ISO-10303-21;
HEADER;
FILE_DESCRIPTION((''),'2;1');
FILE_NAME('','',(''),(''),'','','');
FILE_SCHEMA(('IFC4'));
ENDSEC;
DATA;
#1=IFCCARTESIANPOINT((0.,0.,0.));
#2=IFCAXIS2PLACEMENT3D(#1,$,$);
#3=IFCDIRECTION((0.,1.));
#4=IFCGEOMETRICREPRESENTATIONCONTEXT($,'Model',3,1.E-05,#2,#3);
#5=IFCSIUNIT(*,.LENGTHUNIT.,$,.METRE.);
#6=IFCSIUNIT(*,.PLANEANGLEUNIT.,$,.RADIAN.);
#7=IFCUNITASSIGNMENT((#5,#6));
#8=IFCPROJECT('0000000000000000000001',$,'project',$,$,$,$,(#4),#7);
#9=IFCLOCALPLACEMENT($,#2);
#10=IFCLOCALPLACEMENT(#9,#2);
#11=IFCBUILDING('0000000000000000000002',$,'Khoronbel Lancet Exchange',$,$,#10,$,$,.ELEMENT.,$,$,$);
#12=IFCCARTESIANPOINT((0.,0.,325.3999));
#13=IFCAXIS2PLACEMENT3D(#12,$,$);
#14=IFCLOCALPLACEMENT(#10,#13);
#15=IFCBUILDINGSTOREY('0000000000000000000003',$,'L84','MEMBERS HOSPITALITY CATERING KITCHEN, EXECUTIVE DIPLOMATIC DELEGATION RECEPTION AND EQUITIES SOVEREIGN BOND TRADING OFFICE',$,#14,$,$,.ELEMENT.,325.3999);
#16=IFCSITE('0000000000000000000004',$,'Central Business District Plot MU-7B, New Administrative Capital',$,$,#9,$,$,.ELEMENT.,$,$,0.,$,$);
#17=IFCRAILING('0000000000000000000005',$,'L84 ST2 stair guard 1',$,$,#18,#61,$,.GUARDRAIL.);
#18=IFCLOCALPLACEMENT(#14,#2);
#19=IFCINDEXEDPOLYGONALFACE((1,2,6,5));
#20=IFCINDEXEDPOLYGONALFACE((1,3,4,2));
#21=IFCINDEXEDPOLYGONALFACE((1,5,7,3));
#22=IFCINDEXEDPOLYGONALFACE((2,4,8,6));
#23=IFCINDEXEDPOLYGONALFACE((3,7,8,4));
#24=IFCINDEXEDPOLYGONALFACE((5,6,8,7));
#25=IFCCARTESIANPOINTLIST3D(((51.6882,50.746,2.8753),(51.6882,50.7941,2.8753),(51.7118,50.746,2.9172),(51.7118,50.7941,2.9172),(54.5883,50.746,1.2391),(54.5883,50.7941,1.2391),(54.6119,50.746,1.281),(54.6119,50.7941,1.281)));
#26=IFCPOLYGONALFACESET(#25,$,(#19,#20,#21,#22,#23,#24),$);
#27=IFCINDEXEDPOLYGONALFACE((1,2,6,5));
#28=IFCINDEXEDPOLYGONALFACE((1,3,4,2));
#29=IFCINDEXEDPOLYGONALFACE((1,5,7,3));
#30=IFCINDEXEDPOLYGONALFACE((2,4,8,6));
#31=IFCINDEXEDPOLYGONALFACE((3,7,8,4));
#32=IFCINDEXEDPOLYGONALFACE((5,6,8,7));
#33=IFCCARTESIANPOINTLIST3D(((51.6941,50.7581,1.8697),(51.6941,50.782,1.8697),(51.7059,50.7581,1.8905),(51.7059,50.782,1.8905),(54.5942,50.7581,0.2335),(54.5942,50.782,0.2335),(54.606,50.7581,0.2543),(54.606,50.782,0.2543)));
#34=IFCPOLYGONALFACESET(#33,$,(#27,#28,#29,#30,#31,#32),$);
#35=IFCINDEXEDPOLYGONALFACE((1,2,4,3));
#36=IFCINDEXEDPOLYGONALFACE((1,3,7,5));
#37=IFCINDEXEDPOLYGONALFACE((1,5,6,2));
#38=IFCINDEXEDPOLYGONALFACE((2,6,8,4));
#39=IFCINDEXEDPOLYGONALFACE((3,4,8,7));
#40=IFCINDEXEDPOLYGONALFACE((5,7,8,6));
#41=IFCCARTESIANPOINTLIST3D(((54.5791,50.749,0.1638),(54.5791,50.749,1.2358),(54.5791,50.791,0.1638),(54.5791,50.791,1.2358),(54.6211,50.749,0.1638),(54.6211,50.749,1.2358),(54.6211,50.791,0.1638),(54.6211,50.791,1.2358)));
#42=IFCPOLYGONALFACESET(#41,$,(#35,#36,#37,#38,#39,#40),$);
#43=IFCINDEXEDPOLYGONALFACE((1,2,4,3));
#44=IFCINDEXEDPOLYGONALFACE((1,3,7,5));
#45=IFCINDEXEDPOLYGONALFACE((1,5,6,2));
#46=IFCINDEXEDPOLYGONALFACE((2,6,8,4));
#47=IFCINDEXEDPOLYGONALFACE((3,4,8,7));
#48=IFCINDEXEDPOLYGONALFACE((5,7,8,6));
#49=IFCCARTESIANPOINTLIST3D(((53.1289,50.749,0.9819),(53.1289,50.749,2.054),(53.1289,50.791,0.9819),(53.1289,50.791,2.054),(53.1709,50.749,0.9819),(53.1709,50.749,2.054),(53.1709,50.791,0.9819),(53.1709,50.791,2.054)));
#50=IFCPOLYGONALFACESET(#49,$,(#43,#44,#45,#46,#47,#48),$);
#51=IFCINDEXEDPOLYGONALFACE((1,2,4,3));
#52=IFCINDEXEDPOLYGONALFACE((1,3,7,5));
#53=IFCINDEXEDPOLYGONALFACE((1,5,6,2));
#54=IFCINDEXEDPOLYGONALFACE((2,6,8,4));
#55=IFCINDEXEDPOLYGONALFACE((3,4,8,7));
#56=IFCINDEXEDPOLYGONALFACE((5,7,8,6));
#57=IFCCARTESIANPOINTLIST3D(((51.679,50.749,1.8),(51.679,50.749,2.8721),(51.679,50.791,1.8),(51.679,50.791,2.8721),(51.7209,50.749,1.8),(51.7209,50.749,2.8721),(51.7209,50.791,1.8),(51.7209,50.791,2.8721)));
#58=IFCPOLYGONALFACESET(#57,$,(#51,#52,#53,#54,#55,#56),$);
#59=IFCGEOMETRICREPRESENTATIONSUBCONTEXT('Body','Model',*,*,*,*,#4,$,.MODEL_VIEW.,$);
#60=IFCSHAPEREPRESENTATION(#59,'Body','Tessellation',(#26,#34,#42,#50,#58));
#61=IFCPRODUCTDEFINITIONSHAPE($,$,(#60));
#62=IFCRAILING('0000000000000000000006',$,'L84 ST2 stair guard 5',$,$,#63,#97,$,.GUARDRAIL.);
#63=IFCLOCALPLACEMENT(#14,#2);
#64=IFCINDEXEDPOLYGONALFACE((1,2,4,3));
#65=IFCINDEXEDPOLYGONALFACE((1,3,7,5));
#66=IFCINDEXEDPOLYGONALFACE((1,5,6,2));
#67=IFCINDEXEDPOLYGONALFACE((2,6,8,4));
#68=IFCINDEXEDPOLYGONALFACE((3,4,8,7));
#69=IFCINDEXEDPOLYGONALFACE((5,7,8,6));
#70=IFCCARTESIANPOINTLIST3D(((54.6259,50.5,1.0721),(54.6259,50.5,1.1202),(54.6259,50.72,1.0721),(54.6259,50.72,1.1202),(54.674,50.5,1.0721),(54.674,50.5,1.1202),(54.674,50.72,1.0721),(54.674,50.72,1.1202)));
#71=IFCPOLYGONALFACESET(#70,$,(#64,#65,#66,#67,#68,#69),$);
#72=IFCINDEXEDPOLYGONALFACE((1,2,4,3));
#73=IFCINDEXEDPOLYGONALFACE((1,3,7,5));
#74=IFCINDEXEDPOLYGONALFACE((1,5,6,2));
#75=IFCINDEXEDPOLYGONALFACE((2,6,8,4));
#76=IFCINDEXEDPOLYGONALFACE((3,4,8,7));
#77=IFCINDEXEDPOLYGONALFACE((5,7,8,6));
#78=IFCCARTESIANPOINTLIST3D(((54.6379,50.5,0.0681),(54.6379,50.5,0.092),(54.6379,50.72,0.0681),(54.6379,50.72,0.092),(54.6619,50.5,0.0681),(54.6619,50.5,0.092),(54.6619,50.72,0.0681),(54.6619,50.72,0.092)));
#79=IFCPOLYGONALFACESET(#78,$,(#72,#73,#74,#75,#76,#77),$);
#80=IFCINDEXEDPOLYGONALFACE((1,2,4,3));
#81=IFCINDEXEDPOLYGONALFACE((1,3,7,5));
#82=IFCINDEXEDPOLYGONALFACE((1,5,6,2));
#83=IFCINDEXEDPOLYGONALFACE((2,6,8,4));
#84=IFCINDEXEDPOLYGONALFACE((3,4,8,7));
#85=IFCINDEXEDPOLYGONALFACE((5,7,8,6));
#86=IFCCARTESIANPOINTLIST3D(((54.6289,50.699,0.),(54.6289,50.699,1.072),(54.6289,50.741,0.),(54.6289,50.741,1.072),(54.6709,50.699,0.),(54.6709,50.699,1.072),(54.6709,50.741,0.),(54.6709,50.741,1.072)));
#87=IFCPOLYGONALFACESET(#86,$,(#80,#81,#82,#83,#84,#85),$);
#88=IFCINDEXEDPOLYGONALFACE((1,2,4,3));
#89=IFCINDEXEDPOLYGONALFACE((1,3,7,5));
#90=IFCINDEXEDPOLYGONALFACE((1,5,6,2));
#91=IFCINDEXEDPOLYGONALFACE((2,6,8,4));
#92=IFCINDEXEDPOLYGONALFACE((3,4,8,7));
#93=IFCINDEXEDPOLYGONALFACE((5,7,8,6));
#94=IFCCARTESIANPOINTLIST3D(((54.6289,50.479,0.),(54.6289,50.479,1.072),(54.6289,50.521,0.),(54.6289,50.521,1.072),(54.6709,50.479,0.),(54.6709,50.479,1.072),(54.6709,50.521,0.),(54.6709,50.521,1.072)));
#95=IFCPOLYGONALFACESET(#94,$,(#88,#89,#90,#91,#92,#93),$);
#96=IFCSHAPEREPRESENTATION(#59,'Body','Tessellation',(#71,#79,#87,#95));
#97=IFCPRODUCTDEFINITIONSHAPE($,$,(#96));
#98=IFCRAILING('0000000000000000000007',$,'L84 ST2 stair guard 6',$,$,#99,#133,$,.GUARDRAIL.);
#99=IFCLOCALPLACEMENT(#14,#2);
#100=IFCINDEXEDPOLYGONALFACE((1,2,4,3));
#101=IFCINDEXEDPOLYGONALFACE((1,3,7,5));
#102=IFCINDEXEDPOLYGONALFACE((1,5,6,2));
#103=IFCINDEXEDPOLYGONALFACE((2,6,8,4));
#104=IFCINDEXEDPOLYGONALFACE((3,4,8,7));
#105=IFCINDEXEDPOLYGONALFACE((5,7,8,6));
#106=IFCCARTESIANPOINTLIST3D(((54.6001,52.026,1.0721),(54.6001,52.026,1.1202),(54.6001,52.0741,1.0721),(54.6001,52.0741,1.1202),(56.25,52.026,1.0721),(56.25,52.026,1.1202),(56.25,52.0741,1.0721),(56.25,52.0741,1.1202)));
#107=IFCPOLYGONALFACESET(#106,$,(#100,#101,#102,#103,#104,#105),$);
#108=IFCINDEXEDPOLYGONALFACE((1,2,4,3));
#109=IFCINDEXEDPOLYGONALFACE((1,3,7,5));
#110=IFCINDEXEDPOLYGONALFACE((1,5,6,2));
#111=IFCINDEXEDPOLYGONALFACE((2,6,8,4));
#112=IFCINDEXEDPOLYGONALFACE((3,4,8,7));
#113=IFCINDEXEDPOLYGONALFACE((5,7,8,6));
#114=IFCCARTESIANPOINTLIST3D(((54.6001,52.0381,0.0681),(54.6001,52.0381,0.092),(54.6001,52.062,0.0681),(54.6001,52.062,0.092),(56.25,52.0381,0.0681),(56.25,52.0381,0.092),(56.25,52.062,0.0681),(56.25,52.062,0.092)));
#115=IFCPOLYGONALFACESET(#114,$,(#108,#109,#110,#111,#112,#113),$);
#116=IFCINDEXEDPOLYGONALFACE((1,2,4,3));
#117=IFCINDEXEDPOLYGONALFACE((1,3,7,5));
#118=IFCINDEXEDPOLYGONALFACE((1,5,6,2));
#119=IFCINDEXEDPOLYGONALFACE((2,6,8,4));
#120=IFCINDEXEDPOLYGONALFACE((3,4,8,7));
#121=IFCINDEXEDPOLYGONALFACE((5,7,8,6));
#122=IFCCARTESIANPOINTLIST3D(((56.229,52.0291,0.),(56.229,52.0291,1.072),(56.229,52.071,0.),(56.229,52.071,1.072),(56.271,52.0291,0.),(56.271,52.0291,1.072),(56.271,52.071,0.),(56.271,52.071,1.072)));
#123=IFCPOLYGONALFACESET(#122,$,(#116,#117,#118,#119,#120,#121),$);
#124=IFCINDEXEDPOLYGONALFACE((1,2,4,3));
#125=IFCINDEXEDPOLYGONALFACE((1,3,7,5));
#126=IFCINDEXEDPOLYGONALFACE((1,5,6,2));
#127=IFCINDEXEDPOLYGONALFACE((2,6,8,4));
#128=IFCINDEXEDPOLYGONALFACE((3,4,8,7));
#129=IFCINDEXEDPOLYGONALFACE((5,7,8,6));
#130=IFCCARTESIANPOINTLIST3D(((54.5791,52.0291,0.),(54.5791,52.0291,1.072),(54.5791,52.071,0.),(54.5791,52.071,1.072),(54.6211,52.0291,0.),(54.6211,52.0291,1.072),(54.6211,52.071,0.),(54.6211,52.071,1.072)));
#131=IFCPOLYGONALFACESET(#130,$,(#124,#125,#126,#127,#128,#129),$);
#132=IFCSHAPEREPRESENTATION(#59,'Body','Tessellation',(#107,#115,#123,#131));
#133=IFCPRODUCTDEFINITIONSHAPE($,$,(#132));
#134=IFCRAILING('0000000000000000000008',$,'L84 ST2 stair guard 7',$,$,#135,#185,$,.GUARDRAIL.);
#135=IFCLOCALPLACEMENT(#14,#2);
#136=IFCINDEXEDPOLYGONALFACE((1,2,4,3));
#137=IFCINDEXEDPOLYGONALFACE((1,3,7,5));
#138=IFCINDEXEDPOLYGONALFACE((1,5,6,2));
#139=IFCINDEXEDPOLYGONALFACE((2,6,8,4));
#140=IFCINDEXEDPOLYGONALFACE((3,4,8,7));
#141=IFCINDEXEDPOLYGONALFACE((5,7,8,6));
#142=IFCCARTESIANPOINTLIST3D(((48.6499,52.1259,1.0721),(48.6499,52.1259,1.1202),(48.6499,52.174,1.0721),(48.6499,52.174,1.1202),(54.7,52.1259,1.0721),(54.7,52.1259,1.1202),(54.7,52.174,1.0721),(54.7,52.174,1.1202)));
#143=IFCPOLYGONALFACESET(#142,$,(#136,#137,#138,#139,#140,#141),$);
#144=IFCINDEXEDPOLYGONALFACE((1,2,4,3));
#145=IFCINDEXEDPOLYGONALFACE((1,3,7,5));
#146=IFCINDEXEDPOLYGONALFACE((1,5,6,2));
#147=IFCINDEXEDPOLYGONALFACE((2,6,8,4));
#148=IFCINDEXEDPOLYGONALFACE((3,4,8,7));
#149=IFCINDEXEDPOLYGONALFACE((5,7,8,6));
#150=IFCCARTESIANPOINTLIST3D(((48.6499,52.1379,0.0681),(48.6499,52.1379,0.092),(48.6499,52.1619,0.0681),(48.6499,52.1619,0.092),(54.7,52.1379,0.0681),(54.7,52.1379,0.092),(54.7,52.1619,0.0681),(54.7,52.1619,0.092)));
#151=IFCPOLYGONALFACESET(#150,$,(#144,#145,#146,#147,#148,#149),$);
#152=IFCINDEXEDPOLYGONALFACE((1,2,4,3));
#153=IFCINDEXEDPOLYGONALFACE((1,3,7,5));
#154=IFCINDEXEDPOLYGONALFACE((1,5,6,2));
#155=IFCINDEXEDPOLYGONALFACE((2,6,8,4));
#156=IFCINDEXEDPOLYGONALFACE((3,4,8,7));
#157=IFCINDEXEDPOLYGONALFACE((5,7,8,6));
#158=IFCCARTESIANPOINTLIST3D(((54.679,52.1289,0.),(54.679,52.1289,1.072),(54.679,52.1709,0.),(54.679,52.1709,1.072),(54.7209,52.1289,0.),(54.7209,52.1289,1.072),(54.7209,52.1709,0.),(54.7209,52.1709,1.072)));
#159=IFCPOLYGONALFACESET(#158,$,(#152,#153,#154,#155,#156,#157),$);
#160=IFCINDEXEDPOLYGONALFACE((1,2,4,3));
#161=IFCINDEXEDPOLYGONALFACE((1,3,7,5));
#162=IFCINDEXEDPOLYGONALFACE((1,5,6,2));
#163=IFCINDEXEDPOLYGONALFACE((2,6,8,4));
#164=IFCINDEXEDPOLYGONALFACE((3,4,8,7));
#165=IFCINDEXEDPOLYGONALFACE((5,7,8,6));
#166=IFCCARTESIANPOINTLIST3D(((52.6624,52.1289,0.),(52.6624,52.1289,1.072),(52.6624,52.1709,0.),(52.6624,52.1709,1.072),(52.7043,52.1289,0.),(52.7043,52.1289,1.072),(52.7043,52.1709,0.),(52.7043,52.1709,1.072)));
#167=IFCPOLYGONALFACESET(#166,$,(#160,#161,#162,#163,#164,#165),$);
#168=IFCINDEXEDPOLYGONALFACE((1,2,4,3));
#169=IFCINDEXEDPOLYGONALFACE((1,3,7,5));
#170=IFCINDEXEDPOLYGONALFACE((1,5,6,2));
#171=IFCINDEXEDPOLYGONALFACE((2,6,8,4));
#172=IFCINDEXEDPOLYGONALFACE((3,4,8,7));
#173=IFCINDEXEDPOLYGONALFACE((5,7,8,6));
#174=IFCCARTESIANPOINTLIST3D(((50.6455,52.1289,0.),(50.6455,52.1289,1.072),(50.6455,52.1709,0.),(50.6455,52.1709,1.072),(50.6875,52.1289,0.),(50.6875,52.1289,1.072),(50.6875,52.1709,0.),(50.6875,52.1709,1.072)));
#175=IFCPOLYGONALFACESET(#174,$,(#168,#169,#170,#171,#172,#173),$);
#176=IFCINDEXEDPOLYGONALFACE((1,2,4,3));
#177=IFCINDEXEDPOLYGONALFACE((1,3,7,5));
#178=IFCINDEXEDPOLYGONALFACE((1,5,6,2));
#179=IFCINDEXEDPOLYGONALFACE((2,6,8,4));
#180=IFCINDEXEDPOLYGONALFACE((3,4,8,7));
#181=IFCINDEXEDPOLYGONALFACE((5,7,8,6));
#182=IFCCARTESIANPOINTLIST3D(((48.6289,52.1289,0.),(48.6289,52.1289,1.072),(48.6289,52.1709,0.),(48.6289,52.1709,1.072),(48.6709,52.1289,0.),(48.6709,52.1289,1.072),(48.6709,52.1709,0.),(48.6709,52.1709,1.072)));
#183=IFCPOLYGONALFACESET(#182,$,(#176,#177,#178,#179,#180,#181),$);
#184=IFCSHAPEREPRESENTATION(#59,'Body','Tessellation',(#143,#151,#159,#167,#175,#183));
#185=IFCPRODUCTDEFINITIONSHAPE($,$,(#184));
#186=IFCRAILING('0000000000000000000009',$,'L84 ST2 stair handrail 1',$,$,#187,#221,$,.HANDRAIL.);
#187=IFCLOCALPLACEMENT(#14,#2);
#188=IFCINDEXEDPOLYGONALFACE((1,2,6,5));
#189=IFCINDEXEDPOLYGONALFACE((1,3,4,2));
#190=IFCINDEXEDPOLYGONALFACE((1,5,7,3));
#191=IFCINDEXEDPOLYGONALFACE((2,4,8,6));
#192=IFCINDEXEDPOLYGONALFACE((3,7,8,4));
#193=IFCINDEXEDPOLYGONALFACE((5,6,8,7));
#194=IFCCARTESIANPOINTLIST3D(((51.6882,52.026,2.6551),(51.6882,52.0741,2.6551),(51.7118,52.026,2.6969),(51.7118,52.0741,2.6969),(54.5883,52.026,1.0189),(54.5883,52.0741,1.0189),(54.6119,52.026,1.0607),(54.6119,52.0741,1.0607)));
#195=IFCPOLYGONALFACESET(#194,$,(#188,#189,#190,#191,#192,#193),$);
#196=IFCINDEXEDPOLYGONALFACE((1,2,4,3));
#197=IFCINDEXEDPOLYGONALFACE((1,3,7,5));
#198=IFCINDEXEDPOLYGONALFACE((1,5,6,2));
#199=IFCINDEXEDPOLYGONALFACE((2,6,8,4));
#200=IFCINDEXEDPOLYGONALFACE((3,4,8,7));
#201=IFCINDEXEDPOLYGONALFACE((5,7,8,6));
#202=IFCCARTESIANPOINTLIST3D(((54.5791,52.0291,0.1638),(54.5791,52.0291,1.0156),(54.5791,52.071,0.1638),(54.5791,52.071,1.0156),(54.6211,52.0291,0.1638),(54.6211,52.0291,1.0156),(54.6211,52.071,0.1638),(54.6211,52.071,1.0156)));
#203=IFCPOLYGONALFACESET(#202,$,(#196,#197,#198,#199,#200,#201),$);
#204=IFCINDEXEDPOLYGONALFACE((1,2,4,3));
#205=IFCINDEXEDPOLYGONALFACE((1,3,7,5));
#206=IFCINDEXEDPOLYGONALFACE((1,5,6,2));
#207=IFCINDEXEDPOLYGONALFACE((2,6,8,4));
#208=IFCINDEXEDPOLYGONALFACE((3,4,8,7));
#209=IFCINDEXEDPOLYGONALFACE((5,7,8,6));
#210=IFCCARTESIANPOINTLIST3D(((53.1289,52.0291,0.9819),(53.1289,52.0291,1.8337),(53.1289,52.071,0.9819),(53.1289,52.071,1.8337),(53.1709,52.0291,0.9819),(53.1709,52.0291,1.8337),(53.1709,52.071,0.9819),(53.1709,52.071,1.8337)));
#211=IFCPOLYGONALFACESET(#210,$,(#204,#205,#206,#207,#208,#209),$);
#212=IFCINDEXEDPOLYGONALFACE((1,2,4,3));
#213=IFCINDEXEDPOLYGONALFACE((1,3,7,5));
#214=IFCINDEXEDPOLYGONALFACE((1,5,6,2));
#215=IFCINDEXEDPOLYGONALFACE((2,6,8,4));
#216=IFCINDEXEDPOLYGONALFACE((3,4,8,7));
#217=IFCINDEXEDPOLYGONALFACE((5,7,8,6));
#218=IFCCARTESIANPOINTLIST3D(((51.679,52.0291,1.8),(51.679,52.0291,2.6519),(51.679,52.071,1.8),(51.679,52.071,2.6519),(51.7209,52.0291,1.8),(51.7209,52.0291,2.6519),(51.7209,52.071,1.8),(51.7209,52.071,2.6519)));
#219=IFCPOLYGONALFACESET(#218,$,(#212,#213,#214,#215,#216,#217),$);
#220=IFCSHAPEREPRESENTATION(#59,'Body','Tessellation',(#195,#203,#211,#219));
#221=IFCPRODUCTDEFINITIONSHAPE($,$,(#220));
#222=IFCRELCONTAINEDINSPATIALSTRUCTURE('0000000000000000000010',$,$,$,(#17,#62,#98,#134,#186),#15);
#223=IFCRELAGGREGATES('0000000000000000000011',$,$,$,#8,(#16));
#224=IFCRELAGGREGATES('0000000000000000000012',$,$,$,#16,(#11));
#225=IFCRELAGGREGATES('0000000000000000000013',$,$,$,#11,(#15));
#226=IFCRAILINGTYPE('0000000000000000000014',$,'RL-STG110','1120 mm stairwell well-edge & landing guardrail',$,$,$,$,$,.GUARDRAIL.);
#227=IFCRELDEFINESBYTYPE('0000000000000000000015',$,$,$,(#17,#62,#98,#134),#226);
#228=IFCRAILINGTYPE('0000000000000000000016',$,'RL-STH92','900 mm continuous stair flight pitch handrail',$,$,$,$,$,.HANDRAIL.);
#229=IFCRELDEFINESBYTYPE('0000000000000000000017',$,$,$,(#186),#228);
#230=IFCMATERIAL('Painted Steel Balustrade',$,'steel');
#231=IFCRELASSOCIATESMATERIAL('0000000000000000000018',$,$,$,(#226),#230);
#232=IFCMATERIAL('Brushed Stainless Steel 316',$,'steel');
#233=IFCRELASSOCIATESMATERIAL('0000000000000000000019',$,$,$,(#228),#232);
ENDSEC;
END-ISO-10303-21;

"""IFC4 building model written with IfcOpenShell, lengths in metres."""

from ifc_helpers import new_model, si_unit, direction, frame, origin, origin_2d, place, context, subcontext, project, spatial, rectangle, extrude, material, type_object, element, save


model = new_model("IFC4")

# Units and contexts
model_context = context("Model", 3, precision=1e-05, world=origin(), true_north=direction((0.0, 1.0)))
body_context = subcontext(model_context, "Body", "Model", "MODEL_VIEW")
ifc_project = project(units=[si_unit("LENGTHUNIT", "METRE"), si_unit("PLANEANGLEUNIT", "RADIAN")], contexts=[model_context])

# Site, building, storey
site_placement = place(None, origin())
site = spatial("IfcSite", under=ifc_project, at=site_placement, Name="Central Business District Plot MU-7B, New Administrative Capital", CompositionType="ELEMENT", RefElevation=0.0)
building_placement = place(site_placement, origin())
building = spatial("IfcBuilding", under=site, at=building_placement, Name="Khoronbel Lancet Exchange", CompositionType="ELEMENT")
storey_placement = place(building_placement, frame((0.0, 0.0, 325.3999)))
storey = spatial("IfcBuildingStorey", under=building, at=storey_placement, Name="L84", Description="MEMBERS HOSPITALITY CATERING KITCHEN, EXECUTIVE DIPLOMATIC DELEGATION RECEPTION AND EQUITIES SOVEREIGN BOND TRADING OFFICE", CompositionType="ELEMENT", Elevation=325.3999)

# Railings
ifc_material_1 = material(Name="Painted Steel Balustrade", Category="steel")
railing_type_1 = type_object("IfcRailingType", Name="RL-STG110", Description="1120 mm stairwell well-edge & landing guardrail", PredefinedType="GUARDRAIL", material=ifc_material_1)
railing_1_placement = place(storey_placement, frame((54.6001, 50.77, 0.1638)))
element("IfcRailing", 1, at=railing_1_placement, inside=storey, type_object=railing_type_1, Name="L84 ST2 stair guard 1", PredefinedType="GUARDRAIL", context=body_context, shape_type="SweptSolid", body=[
    extrude(rectangle(XDim=0.0481, YDim=0.0481, at=origin_2d()), frame((0.0, 0.0, 1.0962), z_axis=(-0.870946, 0.0, 0.491378), x_axis=(0.0, -1.0, 0.0)), (0.0, 0.0, 1.0), 3.3298),
    extrude(rectangle(XDim=0.0239, YDim=0.0239, at=origin_2d()), frame((0.0, 0.0, 0.0801), z_axis=(-0.870946, 0.0, 0.491378), x_axis=(0.0, -1.0, 0.0)), (0.0, 0.0, 1.0), 3.3298),
    extrude(rectangle(XDim=0.042, YDim=0.042, at=origin_2d()), origin(), (0.0, 0.0, 1.0), 1.072),
    extrude(rectangle(XDim=0.042, YDim=0.042, at=origin_2d()), frame((-1.4502, 0.0, 0.8181)), (0.0, 0.0, 1.0), 1.072),
    extrude(rectangle(XDim=0.042, YDim=0.042, at=origin_2d()), frame((-2.9001, 0.0, 1.6362)), (0.0, 0.0, 1.0), 1.072),
])
railing_2_placement = place(storey_placement, frame((54.6499, 50.72, 0.0)))
element("IfcRailing", 2, at=railing_2_placement, inside=storey, type_object=railing_type_1, Name="L84 ST2 stair guard 5", PredefinedType="GUARDRAIL", context=body_context, shape_type="SweptSolid", body=[
    extrude(rectangle(XDim=0.0481, YDim=0.0481, at=origin_2d()), frame((0.0, 0.0, 1.0962), z_axis=(0.0, -1.0, 0.0), x_axis=(1.0, 0.0, 0.0)), (0.0, 0.0, 1.0), 0.22),
    extrude(rectangle(XDim=0.0239, YDim=0.0239, at=origin_2d()), frame((0.0, 0.0, 0.0801), z_axis=(0.0, -1.0, 0.0), x_axis=(1.0, 0.0, 0.0)), (0.0, 0.0, 1.0), 0.22),
    extrude(rectangle(XDim=0.042, YDim=0.042, at=origin_2d()), origin(), (0.0, 0.0, 1.0), 1.072),
    extrude(rectangle(XDim=0.042, YDim=0.042, at=origin_2d()), frame((0.0, -0.22, 0.0)), (0.0, 0.0, 1.0), 1.072),
])
railing_3_placement = place(storey_placement, frame((56.25, 52.05, 0.0)))
element("IfcRailing", 3, at=railing_3_placement, inside=storey, type_object=railing_type_1, Name="L84 ST2 stair guard 6", PredefinedType="GUARDRAIL", context=body_context, shape_type="SweptSolid", body=[
    extrude(rectangle(XDim=0.0481, YDim=0.0481, at=origin_2d()), frame((0.0, 0.0, 1.0962), z_axis=(-1.0, 0.0, 0.0), x_axis=(0.0, -1.0, 0.0)), (0.0, 0.0, 1.0), 1.6499),
    extrude(rectangle(XDim=0.0239, YDim=0.0239, at=origin_2d()), frame((0.0, 0.0, 0.0801), z_axis=(-1.0, 0.0, 0.0), x_axis=(0.0, -1.0, 0.0)), (0.0, 0.0, 1.0), 1.6499),
    extrude(rectangle(XDim=0.042, YDim=0.042, at=origin_2d()), origin(), (0.0, 0.0, 1.0), 1.072),
    extrude(rectangle(XDim=0.042, YDim=0.042, at=origin_2d()), frame((-1.6499, 0.0, 0.0)), (0.0, 0.0, 1.0), 1.072),
])
railing_4_placement = place(storey_placement, frame((54.7, 52.1499, 0.0)))
element("IfcRailing", 4, at=railing_4_placement, inside=storey, type_object=railing_type_1, Name="L84 ST2 stair guard 7", PredefinedType="GUARDRAIL", context=body_context, shape_type="SweptSolid", body=[
    extrude(rectangle(XDim=0.0481, YDim=0.0481, at=origin_2d()), frame((0.0, 0.0, 1.0962), z_axis=(-1.0, 0.0, 0.0), x_axis=(0.0, -1.0, 0.0)), (0.0, 0.0, 1.0), 6.05),
    extrude(rectangle(XDim=0.0239, YDim=0.0239, at=origin_2d()), frame((0.0, 0.0, 0.0801), z_axis=(-1.0, 0.0, 0.0), x_axis=(0.0, -1.0, 0.0)), (0.0, 0.0, 1.0), 6.05),
    extrude(rectangle(XDim=0.042, YDim=0.042, at=origin_2d()), origin(), (0.0, 0.0, 1.0), 1.072),
    extrude(rectangle(XDim=0.042, YDim=0.042, at=origin_2d()), frame((-2.0166, 0.0, 0.0)), (0.0, 0.0, 1.0), 1.072),
    extrude(rectangle(XDim=0.042, YDim=0.042, at=origin_2d()), frame((-4.0334, 0.0, 0.0)), (0.0, 0.0, 1.0), 1.072),
    extrude(rectangle(XDim=0.042, YDim=0.042, at=origin_2d()), frame((-6.05, 0.0, 0.0)), (0.0, 0.0, 1.0), 1.072),
])
ifc_material_2 = material(Name="Brushed Stainless Steel 316", Category="steel")
railing_type_2 = type_object("IfcRailingType", Name="RL-STH92", Description="900 mm continuous stair flight pitch handrail", PredefinedType="HANDRAIL", material=ifc_material_2)
railing_5_placement = place(storey_placement, frame((54.6001, 52.05, 0.1638)))
element("IfcRailing", 5, at=railing_5_placement, inside=storey, type_object=railing_type_2, Name="L84 ST2 stair handrail 1", PredefinedType="HANDRAIL", context=body_context, shape_type="SweptSolid", body=[
    extrude(rectangle(XDim=0.0481, YDim=0.0481, at=origin_2d()), frame((0.0, 0.0, 0.876), z_axis=(-0.870946, 0.0, 0.491378), x_axis=(0.0, -1.0, 0.0)), (0.0, 0.0, 1.0), 3.3298),
    extrude(rectangle(XDim=0.042, YDim=0.042, at=origin_2d()), origin(), (0.0, 0.0, 1.0), 0.8518),
    extrude(rectangle(XDim=0.042, YDim=0.042, at=origin_2d()), frame((-1.4502, 0.0, 0.8181)), (0.0, 0.0, 1.0), 0.8518),
    extrude(rectangle(XDim=0.042, YDim=0.042, at=origin_2d()), frame((-2.9001, 0.0, 1.6362)), (0.0, 0.0, 1.0), 0.8518),
])

save(model, "model.ifc")
